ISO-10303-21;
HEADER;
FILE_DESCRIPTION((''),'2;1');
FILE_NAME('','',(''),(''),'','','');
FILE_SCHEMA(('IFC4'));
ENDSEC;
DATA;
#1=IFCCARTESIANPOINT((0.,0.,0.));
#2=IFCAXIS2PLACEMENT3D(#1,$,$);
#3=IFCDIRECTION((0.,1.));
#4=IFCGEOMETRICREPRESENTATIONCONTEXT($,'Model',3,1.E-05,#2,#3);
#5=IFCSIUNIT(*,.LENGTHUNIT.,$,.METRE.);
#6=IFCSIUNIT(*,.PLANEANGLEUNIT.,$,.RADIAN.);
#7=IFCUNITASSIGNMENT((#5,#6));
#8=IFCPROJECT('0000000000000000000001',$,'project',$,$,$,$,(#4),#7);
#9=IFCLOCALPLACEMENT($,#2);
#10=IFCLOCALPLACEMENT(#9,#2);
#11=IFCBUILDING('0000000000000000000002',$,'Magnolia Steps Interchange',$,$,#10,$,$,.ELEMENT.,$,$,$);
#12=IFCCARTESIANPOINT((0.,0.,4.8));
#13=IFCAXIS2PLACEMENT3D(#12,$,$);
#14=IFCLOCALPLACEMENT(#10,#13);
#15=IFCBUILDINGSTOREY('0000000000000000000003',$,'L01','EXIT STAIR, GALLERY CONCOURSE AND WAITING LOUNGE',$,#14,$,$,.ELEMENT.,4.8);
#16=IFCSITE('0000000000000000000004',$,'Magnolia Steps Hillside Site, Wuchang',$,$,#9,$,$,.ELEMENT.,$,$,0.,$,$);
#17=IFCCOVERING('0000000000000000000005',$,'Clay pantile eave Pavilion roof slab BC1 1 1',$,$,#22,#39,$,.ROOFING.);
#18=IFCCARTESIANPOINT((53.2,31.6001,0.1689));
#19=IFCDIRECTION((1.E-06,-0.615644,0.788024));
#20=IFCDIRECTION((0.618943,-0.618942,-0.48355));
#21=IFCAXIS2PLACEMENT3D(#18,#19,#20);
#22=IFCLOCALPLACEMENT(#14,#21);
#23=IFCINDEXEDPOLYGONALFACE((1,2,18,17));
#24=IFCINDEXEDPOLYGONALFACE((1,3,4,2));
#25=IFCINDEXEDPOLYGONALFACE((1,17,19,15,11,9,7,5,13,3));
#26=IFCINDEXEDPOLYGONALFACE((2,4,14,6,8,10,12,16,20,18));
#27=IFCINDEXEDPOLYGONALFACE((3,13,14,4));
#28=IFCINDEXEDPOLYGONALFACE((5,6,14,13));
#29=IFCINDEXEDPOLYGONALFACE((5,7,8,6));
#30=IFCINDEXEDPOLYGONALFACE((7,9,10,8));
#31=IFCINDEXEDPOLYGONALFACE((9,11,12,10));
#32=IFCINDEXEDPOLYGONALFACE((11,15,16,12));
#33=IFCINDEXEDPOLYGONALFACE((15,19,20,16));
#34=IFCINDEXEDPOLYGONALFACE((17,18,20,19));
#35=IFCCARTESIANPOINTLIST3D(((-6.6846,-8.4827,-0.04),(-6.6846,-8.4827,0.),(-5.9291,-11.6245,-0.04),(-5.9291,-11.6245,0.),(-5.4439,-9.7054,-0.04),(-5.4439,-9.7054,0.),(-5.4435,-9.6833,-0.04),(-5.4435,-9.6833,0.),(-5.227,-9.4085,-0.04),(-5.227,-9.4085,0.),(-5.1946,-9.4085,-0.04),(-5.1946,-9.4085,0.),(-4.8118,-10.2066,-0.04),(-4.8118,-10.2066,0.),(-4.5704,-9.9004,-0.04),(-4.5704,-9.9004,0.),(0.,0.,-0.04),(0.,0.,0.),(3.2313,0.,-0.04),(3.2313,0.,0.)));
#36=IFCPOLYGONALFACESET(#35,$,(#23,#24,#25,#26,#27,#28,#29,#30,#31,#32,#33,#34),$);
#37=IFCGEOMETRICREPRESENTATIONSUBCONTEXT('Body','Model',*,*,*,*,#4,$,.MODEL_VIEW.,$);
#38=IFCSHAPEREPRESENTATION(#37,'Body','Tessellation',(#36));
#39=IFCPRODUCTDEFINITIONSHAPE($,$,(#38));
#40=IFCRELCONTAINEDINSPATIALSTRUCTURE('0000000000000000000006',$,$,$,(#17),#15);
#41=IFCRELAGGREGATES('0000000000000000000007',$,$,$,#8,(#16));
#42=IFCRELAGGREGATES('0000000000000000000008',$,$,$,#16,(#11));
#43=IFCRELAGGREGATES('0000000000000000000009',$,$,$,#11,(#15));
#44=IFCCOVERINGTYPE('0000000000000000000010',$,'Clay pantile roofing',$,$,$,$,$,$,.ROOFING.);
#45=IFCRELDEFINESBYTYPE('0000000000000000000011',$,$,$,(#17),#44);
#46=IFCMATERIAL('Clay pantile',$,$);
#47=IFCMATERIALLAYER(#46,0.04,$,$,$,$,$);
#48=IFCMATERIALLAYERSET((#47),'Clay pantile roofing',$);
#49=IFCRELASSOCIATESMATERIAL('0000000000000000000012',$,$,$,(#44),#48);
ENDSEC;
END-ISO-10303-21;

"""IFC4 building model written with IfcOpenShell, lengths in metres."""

from ifc_helpers import new_model, si_unit, direction, frame, origin, place, context, subcontext, project, spatial, polyline, outline, extrude, material, layer, layer_set, type_object, element, save


model = new_model("IFC4")

# Units and contexts
model_context = context("Model", 3, precision=1e-05, world=origin(), true_north=direction((0.0, 1.0)))
body_context = subcontext(model_context, "Body", "Model", "MODEL_VIEW")
ifc_project = project(units=[si_unit("LENGTHUNIT", "METRE"), si_unit("PLANEANGLEUNIT", "RADIAN")], contexts=[model_context])

# Site, building, storey
site_placement = place(None, origin())
site = spatial("IfcSite", under=ifc_project, at=site_placement, Name="Magnolia Steps Hillside Site, Wuchang", CompositionType="ELEMENT", RefElevation=0.0)
building_placement = place(site_placement, origin())
building = spatial("IfcBuilding", under=site, at=building_placement, Name="Magnolia Steps Interchange", CompositionType="ELEMENT")
storey_placement = place(building_placement, frame((0.0, 0.0, 4.8)))
storey = spatial("IfcBuildingStorey", under=building, at=storey_placement, Name="L01", Description="EXIT STAIR, GALLERY CONCOURSE AND WAITING LOUNGE", CompositionType="ELEMENT", Elevation=4.8)

# Covering
ifc_material_1 = material(Name="Clay pantile")
ifc_layer_1 = layer(ifc_material_1, 0.04)
ifc_layer_set_1 = layer_set([ifc_layer_1], Name="Clay pantile roofing")
covering_type = type_object("IfcCoveringType", Name="Clay pantile roofing", PredefinedType="ROOFING", material=ifc_layer_set_1)
covering_1_placement = place(storey_placement, frame((53.2, 31.6001, 0.1689), z_axis=(0.000001, -0.615644, 0.788024), x_axis=(0.618943, -0.618942, -0.48355)))
element("IfcCovering", 1, at=covering_1_placement, inside=storey, type_object=covering_type, Name="Clay pantile eave Pavilion roof slab BC1 1 1", PredefinedType="ROOFING", context=body_context, shape_type="SweptSolid", body=[
    extrude(outline(polyline([(0.0, 0.0), (3.2313, 0.0), (-4.5704, -9.9004), (-5.1946, -9.4085), (-5.227, -9.4085), (-5.4435, -9.6833), (-5.4439, -9.7054), (-4.8118, -10.2066), (-5.9291, -11.6245), (-6.6846, -8.4827), (0.0, 0.0)])), origin(), (0.0, 0.0, -1.0), 0.04),
])

save(model, "model.ifc")
